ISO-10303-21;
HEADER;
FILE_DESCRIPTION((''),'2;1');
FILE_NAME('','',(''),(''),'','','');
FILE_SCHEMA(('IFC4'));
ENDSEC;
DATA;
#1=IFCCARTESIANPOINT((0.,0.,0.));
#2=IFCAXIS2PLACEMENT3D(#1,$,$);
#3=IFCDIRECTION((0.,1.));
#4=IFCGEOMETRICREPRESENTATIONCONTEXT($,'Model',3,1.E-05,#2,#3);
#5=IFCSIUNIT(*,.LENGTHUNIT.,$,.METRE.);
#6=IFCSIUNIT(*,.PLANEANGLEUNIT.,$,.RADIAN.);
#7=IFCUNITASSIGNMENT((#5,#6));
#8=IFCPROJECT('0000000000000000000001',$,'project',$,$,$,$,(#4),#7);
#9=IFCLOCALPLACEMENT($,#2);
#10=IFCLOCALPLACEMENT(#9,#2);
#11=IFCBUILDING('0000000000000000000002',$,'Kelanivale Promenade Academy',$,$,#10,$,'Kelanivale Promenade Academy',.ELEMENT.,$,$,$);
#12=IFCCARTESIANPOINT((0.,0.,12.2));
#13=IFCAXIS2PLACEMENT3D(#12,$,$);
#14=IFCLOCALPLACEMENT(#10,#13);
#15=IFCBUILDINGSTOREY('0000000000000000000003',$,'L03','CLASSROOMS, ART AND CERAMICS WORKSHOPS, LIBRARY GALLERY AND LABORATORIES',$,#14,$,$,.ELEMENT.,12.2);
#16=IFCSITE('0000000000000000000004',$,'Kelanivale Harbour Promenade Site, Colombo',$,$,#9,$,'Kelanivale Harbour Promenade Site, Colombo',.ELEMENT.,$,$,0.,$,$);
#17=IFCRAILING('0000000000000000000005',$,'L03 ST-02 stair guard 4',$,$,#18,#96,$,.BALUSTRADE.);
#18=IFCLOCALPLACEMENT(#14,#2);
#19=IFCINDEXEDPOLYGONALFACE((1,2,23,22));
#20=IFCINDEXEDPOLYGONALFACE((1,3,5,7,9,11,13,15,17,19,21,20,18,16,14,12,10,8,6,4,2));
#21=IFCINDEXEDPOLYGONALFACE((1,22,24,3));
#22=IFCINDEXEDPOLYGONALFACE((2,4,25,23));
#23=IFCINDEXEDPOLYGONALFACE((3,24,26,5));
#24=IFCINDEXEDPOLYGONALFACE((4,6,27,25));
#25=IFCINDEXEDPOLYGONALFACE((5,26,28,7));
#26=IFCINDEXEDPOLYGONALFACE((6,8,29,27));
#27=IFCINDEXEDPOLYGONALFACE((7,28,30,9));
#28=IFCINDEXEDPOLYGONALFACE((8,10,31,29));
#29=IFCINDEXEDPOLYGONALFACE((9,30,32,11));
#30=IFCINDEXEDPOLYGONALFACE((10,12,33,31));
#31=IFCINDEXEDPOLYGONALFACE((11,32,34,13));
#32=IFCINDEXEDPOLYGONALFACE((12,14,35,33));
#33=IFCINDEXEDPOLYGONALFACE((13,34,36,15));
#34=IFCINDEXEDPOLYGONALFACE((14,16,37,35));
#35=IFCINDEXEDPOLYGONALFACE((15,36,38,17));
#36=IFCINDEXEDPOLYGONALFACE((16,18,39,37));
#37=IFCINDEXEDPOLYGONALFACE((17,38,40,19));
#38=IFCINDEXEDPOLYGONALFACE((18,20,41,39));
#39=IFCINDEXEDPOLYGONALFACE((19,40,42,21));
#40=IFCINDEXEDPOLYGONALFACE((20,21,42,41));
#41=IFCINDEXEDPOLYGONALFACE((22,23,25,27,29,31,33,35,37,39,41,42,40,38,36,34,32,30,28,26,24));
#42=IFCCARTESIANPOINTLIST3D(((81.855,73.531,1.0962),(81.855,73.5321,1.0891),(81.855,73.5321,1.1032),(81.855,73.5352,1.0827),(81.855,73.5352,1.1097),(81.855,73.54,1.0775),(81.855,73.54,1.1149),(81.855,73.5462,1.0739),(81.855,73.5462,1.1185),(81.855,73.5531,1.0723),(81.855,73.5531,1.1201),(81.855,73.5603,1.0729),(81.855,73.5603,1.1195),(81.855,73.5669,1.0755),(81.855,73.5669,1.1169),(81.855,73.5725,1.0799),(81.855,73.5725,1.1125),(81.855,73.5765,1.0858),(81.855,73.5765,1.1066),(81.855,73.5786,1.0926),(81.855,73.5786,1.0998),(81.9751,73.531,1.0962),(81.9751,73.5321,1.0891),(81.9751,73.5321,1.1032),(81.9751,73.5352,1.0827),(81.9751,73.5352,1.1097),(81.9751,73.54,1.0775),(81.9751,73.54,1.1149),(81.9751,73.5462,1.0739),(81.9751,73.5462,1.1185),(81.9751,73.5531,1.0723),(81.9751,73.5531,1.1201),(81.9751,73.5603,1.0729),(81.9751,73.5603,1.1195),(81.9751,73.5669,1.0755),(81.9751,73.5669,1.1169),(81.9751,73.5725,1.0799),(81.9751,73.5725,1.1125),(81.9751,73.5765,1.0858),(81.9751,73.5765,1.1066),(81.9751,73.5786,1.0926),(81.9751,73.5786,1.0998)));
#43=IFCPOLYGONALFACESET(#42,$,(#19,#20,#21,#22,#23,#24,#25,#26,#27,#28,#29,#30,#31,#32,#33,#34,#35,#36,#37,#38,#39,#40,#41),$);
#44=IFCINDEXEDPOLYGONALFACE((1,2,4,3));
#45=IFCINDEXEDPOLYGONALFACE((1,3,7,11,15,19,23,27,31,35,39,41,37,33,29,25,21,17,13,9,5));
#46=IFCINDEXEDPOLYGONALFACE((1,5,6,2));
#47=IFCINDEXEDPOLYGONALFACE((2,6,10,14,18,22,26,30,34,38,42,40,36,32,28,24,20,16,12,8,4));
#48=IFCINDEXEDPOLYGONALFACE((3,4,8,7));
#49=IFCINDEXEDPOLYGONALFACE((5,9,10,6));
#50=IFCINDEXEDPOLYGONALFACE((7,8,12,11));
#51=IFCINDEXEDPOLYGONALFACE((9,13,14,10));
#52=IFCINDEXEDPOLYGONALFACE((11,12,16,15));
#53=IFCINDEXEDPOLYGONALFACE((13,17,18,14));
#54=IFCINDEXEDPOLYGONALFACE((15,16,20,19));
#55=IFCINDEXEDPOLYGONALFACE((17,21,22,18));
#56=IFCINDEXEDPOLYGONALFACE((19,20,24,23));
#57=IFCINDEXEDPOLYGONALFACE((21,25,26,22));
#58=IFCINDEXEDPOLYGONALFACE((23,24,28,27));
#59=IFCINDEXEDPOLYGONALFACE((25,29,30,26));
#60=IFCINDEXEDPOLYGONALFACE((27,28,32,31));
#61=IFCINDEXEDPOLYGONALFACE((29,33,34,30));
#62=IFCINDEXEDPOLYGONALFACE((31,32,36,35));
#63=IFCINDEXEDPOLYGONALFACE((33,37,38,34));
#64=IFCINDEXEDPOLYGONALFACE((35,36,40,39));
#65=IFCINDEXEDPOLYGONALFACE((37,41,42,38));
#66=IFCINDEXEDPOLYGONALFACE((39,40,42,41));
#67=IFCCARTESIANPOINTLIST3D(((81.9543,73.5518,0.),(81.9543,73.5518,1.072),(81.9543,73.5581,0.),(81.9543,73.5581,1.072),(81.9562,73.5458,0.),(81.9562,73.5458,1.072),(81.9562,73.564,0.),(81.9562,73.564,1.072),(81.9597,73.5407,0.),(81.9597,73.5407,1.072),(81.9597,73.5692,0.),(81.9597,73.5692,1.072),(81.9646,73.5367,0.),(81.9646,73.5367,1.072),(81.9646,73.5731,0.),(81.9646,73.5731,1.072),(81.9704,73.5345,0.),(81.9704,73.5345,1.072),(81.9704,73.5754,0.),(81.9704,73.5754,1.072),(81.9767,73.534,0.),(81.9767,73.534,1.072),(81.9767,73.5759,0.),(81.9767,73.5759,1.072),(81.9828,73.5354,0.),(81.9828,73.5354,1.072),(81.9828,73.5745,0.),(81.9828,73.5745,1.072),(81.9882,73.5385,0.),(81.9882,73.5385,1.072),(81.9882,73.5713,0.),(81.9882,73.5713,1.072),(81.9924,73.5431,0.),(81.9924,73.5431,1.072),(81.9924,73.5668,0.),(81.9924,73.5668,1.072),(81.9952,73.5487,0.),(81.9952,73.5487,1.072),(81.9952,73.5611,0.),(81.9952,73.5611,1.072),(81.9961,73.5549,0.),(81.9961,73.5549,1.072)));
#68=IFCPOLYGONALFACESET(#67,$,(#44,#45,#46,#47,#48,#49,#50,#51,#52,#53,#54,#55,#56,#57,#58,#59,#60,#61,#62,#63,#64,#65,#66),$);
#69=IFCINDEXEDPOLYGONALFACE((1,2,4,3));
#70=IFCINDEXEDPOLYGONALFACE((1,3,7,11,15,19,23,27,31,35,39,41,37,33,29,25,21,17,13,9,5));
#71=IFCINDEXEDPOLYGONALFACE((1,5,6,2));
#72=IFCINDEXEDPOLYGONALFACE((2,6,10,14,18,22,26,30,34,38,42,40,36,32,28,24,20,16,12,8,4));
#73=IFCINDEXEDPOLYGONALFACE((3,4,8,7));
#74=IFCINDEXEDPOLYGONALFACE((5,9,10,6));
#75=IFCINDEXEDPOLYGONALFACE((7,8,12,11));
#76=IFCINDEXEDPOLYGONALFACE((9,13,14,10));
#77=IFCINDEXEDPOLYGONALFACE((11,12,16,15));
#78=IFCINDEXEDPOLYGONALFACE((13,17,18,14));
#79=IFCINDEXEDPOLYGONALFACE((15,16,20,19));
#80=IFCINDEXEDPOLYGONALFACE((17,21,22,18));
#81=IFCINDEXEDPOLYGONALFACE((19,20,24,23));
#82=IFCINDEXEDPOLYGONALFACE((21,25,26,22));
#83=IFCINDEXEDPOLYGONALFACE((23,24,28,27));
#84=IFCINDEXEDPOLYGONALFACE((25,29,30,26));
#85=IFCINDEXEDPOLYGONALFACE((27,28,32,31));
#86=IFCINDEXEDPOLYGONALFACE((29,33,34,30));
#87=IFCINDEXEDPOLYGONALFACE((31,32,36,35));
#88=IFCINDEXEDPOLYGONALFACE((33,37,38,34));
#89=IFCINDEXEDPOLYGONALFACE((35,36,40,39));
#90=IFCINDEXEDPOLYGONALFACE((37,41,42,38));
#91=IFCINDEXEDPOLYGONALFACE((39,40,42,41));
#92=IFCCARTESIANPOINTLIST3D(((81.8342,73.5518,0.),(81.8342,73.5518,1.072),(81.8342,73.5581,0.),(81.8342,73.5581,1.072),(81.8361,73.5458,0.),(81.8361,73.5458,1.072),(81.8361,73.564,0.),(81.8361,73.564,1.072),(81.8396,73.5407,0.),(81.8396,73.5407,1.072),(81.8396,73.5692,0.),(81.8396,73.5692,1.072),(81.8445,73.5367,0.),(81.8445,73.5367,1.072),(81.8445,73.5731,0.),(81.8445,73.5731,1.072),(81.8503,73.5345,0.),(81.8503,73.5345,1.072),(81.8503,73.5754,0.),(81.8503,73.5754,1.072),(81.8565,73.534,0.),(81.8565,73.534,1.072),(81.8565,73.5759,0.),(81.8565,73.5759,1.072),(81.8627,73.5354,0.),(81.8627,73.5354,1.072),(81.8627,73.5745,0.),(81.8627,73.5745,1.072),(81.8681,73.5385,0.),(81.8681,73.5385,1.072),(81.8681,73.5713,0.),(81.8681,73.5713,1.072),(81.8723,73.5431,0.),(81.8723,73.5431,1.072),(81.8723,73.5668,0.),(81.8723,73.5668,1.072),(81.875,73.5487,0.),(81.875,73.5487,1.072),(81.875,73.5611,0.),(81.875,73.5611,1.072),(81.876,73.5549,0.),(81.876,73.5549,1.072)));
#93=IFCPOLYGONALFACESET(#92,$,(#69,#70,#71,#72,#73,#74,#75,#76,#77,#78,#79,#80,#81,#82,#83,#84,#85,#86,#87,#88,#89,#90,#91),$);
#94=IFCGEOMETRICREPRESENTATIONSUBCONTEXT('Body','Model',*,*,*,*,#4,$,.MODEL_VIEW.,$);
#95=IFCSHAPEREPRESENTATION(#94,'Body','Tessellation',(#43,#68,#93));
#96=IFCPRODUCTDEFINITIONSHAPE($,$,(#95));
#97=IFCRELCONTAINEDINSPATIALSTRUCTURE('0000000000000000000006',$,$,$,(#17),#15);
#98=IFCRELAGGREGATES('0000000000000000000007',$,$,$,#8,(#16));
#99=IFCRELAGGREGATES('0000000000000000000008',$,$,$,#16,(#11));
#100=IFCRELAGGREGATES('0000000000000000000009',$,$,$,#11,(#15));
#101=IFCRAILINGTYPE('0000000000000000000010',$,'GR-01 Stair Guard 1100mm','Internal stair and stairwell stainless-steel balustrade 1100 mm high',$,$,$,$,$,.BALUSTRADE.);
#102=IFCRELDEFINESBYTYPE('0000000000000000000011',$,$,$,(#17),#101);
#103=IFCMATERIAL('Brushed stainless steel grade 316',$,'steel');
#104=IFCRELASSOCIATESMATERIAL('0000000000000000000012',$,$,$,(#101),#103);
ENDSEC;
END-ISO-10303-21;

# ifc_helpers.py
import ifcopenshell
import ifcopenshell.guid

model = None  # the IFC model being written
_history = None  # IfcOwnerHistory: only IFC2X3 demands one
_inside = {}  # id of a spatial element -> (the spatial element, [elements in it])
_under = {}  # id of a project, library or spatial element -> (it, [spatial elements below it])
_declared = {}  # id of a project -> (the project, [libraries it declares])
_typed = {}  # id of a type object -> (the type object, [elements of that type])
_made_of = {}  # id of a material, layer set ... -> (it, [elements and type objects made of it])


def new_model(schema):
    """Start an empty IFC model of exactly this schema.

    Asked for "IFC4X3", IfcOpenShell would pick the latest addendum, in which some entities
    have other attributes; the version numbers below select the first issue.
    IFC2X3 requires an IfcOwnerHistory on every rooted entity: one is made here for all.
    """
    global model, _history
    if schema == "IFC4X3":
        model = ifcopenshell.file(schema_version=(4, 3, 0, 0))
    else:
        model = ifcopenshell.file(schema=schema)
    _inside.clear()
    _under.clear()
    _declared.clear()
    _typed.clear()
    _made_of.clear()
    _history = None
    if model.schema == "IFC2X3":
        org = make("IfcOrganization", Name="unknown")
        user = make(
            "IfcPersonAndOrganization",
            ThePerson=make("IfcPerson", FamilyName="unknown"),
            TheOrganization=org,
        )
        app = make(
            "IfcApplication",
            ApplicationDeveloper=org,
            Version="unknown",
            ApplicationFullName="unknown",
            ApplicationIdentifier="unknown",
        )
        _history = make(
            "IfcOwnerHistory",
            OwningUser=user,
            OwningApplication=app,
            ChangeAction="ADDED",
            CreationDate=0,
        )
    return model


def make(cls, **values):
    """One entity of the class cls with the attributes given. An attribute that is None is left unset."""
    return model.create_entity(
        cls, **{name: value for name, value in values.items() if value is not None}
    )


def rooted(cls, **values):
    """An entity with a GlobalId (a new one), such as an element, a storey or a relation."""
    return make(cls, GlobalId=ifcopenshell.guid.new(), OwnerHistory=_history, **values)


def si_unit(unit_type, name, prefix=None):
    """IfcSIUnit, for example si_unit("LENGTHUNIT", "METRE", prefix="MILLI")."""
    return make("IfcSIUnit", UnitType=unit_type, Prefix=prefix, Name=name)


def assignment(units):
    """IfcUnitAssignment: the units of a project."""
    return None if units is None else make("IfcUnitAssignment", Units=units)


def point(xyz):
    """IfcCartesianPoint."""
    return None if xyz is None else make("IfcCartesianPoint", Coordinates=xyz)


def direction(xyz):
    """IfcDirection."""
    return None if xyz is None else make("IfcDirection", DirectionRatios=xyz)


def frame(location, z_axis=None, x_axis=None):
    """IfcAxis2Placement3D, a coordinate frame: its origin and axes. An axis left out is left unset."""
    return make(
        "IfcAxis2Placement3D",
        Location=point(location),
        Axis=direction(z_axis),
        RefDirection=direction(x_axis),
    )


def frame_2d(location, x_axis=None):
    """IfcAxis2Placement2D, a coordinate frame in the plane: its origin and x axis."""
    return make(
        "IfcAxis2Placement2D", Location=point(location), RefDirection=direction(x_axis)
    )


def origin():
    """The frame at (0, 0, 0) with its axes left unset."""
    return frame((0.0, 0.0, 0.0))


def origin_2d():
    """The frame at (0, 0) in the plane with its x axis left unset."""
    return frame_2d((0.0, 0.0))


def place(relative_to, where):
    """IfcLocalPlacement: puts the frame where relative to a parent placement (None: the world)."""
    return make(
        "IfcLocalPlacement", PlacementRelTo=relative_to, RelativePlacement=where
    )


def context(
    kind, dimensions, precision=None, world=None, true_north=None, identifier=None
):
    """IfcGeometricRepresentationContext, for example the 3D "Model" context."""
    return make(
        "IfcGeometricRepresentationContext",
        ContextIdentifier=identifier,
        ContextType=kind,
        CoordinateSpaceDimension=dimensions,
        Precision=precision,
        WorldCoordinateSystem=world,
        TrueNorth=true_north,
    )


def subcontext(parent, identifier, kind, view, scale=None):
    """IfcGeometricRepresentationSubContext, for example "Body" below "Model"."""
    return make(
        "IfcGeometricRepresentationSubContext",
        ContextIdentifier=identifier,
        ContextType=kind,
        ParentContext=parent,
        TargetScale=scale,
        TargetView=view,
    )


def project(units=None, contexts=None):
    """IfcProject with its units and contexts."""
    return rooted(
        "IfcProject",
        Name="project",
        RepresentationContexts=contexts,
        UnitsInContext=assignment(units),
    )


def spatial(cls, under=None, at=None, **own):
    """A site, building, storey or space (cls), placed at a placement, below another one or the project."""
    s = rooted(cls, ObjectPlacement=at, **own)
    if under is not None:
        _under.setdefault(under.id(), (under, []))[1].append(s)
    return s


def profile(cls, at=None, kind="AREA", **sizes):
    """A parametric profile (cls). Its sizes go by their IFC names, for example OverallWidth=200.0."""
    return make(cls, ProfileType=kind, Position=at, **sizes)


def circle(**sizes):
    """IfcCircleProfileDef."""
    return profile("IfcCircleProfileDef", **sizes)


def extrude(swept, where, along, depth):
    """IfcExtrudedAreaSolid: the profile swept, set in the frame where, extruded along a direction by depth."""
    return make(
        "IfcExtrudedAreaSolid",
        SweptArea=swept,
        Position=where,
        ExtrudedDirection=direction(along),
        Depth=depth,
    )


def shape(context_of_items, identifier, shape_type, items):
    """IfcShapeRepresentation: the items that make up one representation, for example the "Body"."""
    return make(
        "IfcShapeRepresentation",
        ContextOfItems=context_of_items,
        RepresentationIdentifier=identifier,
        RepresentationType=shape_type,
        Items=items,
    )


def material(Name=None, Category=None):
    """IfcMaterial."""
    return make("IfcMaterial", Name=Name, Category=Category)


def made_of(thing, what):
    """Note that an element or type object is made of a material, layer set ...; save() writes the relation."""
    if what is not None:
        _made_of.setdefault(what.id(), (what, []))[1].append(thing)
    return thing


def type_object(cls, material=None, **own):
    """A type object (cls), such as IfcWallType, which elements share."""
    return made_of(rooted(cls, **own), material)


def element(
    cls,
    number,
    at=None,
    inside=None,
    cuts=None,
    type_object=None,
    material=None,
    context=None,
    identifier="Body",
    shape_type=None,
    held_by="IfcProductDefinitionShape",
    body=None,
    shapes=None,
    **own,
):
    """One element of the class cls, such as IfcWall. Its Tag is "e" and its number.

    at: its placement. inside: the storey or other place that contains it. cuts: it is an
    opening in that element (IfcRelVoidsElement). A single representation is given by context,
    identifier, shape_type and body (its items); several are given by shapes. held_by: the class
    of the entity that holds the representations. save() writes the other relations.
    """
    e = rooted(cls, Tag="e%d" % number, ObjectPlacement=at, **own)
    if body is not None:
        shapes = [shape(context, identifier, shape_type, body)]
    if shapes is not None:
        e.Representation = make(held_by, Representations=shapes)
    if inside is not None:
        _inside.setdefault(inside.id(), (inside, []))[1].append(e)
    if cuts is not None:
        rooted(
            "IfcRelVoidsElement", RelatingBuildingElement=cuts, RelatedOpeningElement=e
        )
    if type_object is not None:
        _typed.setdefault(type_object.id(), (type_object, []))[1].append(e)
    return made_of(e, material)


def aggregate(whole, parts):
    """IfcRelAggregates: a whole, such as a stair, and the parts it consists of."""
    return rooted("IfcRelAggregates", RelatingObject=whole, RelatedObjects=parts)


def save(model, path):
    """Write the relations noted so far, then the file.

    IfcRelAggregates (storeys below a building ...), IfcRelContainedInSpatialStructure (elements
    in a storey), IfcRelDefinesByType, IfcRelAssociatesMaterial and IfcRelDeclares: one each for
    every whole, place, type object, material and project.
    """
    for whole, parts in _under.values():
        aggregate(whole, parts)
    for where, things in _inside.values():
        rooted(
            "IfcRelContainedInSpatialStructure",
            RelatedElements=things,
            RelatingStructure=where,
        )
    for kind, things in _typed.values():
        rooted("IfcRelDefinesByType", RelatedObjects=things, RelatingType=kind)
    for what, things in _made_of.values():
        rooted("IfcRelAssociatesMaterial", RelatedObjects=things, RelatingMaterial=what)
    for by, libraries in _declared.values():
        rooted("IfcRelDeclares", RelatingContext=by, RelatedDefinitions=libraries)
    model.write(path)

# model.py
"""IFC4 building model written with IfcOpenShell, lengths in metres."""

from ifc_helpers import new_model, si_unit, direction, frame, origin, origin_2d, place, context, subcontext, project, spatial, circle, extrude, material, type_object, element, save


model = new_model("IFC4")

# Units and contexts
model_context = context("Model", 3, precision=1e-05, world=origin(), true_north=direction((0.0, 1.0)))
body_context = subcontext(model_context, "Body", "Model", "MODEL_VIEW")
ifc_project = project(units=[si_unit("LENGTHUNIT", "METRE"), si_unit("PLANEANGLEUNIT", "RADIAN")], contexts=[model_context])

# Site, building, storey
site_placement = place(None, origin())
site = spatial("IfcSite", under=ifc_project, at=site_placement, Name="Kelanivale Harbour Promenade Site, Colombo", LongName="Kelanivale Harbour Promenade Site, Colombo", CompositionType="ELEMENT", RefElevation=0.0)
building_placement = place(site_placement, origin())
building = spatial("IfcBuilding", under=site, at=building_placement, Name="Kelanivale Promenade Academy", LongName="Kelanivale Promenade Academy", CompositionType="ELEMENT")
storey_placement = place(building_placement, frame((0.0, 0.0, 12.2)))
storey = spatial("IfcBuildingStorey", under=building, at=storey_placement, Name="L03", Description="CLASSROOMS, ART AND CERAMICS WORKSHOPS, LIBRARY GALLERY AND LABORATORIES", CompositionType="ELEMENT", Elevation=12.2)

# Railing
ifc_material_1 = material(Name="Brushed stainless steel grade 316", Category="steel")
railing_type_1 = type_object("IfcRailingType", Name="GR-01 Stair Guard 1100mm", Description="Internal stair and stairwell stainless-steel balustrade 1100 mm high", PredefinedType="BALUSTRADE", material=ifc_material_1)
railing_1_placement = place(storey_placement, frame((81.9751, 73.5549, 0.0)))
element("IfcRailing", 1, at=railing_1_placement, inside=storey, type_object=railing_type_1, Name="L03 ST-02 stair guard 4", PredefinedType="BALUSTRADE", context=body_context, shape_type="SweptSolid", body=[
    extrude(circle(Radius=0.0239, at=origin_2d()), frame((0.0, 0.0, 1.0962), z_axis=(-1.0, 0.0, 0.0), x_axis=(0.0, -1.0, 0.0)), (0.0, 0.0, 1.0), 0.1201),
    extrude(circle(Radius=0.021, at=origin_2d()), origin(), (0.0, 0.0, 1.0), 1.072),
    extrude(circle(Radius=0.021, at=origin_2d()), frame((-0.1201, 0.0, 0.0)), (0.0, 0.0, 1.0), 1.072),
])

save(model, "model.ifc")
